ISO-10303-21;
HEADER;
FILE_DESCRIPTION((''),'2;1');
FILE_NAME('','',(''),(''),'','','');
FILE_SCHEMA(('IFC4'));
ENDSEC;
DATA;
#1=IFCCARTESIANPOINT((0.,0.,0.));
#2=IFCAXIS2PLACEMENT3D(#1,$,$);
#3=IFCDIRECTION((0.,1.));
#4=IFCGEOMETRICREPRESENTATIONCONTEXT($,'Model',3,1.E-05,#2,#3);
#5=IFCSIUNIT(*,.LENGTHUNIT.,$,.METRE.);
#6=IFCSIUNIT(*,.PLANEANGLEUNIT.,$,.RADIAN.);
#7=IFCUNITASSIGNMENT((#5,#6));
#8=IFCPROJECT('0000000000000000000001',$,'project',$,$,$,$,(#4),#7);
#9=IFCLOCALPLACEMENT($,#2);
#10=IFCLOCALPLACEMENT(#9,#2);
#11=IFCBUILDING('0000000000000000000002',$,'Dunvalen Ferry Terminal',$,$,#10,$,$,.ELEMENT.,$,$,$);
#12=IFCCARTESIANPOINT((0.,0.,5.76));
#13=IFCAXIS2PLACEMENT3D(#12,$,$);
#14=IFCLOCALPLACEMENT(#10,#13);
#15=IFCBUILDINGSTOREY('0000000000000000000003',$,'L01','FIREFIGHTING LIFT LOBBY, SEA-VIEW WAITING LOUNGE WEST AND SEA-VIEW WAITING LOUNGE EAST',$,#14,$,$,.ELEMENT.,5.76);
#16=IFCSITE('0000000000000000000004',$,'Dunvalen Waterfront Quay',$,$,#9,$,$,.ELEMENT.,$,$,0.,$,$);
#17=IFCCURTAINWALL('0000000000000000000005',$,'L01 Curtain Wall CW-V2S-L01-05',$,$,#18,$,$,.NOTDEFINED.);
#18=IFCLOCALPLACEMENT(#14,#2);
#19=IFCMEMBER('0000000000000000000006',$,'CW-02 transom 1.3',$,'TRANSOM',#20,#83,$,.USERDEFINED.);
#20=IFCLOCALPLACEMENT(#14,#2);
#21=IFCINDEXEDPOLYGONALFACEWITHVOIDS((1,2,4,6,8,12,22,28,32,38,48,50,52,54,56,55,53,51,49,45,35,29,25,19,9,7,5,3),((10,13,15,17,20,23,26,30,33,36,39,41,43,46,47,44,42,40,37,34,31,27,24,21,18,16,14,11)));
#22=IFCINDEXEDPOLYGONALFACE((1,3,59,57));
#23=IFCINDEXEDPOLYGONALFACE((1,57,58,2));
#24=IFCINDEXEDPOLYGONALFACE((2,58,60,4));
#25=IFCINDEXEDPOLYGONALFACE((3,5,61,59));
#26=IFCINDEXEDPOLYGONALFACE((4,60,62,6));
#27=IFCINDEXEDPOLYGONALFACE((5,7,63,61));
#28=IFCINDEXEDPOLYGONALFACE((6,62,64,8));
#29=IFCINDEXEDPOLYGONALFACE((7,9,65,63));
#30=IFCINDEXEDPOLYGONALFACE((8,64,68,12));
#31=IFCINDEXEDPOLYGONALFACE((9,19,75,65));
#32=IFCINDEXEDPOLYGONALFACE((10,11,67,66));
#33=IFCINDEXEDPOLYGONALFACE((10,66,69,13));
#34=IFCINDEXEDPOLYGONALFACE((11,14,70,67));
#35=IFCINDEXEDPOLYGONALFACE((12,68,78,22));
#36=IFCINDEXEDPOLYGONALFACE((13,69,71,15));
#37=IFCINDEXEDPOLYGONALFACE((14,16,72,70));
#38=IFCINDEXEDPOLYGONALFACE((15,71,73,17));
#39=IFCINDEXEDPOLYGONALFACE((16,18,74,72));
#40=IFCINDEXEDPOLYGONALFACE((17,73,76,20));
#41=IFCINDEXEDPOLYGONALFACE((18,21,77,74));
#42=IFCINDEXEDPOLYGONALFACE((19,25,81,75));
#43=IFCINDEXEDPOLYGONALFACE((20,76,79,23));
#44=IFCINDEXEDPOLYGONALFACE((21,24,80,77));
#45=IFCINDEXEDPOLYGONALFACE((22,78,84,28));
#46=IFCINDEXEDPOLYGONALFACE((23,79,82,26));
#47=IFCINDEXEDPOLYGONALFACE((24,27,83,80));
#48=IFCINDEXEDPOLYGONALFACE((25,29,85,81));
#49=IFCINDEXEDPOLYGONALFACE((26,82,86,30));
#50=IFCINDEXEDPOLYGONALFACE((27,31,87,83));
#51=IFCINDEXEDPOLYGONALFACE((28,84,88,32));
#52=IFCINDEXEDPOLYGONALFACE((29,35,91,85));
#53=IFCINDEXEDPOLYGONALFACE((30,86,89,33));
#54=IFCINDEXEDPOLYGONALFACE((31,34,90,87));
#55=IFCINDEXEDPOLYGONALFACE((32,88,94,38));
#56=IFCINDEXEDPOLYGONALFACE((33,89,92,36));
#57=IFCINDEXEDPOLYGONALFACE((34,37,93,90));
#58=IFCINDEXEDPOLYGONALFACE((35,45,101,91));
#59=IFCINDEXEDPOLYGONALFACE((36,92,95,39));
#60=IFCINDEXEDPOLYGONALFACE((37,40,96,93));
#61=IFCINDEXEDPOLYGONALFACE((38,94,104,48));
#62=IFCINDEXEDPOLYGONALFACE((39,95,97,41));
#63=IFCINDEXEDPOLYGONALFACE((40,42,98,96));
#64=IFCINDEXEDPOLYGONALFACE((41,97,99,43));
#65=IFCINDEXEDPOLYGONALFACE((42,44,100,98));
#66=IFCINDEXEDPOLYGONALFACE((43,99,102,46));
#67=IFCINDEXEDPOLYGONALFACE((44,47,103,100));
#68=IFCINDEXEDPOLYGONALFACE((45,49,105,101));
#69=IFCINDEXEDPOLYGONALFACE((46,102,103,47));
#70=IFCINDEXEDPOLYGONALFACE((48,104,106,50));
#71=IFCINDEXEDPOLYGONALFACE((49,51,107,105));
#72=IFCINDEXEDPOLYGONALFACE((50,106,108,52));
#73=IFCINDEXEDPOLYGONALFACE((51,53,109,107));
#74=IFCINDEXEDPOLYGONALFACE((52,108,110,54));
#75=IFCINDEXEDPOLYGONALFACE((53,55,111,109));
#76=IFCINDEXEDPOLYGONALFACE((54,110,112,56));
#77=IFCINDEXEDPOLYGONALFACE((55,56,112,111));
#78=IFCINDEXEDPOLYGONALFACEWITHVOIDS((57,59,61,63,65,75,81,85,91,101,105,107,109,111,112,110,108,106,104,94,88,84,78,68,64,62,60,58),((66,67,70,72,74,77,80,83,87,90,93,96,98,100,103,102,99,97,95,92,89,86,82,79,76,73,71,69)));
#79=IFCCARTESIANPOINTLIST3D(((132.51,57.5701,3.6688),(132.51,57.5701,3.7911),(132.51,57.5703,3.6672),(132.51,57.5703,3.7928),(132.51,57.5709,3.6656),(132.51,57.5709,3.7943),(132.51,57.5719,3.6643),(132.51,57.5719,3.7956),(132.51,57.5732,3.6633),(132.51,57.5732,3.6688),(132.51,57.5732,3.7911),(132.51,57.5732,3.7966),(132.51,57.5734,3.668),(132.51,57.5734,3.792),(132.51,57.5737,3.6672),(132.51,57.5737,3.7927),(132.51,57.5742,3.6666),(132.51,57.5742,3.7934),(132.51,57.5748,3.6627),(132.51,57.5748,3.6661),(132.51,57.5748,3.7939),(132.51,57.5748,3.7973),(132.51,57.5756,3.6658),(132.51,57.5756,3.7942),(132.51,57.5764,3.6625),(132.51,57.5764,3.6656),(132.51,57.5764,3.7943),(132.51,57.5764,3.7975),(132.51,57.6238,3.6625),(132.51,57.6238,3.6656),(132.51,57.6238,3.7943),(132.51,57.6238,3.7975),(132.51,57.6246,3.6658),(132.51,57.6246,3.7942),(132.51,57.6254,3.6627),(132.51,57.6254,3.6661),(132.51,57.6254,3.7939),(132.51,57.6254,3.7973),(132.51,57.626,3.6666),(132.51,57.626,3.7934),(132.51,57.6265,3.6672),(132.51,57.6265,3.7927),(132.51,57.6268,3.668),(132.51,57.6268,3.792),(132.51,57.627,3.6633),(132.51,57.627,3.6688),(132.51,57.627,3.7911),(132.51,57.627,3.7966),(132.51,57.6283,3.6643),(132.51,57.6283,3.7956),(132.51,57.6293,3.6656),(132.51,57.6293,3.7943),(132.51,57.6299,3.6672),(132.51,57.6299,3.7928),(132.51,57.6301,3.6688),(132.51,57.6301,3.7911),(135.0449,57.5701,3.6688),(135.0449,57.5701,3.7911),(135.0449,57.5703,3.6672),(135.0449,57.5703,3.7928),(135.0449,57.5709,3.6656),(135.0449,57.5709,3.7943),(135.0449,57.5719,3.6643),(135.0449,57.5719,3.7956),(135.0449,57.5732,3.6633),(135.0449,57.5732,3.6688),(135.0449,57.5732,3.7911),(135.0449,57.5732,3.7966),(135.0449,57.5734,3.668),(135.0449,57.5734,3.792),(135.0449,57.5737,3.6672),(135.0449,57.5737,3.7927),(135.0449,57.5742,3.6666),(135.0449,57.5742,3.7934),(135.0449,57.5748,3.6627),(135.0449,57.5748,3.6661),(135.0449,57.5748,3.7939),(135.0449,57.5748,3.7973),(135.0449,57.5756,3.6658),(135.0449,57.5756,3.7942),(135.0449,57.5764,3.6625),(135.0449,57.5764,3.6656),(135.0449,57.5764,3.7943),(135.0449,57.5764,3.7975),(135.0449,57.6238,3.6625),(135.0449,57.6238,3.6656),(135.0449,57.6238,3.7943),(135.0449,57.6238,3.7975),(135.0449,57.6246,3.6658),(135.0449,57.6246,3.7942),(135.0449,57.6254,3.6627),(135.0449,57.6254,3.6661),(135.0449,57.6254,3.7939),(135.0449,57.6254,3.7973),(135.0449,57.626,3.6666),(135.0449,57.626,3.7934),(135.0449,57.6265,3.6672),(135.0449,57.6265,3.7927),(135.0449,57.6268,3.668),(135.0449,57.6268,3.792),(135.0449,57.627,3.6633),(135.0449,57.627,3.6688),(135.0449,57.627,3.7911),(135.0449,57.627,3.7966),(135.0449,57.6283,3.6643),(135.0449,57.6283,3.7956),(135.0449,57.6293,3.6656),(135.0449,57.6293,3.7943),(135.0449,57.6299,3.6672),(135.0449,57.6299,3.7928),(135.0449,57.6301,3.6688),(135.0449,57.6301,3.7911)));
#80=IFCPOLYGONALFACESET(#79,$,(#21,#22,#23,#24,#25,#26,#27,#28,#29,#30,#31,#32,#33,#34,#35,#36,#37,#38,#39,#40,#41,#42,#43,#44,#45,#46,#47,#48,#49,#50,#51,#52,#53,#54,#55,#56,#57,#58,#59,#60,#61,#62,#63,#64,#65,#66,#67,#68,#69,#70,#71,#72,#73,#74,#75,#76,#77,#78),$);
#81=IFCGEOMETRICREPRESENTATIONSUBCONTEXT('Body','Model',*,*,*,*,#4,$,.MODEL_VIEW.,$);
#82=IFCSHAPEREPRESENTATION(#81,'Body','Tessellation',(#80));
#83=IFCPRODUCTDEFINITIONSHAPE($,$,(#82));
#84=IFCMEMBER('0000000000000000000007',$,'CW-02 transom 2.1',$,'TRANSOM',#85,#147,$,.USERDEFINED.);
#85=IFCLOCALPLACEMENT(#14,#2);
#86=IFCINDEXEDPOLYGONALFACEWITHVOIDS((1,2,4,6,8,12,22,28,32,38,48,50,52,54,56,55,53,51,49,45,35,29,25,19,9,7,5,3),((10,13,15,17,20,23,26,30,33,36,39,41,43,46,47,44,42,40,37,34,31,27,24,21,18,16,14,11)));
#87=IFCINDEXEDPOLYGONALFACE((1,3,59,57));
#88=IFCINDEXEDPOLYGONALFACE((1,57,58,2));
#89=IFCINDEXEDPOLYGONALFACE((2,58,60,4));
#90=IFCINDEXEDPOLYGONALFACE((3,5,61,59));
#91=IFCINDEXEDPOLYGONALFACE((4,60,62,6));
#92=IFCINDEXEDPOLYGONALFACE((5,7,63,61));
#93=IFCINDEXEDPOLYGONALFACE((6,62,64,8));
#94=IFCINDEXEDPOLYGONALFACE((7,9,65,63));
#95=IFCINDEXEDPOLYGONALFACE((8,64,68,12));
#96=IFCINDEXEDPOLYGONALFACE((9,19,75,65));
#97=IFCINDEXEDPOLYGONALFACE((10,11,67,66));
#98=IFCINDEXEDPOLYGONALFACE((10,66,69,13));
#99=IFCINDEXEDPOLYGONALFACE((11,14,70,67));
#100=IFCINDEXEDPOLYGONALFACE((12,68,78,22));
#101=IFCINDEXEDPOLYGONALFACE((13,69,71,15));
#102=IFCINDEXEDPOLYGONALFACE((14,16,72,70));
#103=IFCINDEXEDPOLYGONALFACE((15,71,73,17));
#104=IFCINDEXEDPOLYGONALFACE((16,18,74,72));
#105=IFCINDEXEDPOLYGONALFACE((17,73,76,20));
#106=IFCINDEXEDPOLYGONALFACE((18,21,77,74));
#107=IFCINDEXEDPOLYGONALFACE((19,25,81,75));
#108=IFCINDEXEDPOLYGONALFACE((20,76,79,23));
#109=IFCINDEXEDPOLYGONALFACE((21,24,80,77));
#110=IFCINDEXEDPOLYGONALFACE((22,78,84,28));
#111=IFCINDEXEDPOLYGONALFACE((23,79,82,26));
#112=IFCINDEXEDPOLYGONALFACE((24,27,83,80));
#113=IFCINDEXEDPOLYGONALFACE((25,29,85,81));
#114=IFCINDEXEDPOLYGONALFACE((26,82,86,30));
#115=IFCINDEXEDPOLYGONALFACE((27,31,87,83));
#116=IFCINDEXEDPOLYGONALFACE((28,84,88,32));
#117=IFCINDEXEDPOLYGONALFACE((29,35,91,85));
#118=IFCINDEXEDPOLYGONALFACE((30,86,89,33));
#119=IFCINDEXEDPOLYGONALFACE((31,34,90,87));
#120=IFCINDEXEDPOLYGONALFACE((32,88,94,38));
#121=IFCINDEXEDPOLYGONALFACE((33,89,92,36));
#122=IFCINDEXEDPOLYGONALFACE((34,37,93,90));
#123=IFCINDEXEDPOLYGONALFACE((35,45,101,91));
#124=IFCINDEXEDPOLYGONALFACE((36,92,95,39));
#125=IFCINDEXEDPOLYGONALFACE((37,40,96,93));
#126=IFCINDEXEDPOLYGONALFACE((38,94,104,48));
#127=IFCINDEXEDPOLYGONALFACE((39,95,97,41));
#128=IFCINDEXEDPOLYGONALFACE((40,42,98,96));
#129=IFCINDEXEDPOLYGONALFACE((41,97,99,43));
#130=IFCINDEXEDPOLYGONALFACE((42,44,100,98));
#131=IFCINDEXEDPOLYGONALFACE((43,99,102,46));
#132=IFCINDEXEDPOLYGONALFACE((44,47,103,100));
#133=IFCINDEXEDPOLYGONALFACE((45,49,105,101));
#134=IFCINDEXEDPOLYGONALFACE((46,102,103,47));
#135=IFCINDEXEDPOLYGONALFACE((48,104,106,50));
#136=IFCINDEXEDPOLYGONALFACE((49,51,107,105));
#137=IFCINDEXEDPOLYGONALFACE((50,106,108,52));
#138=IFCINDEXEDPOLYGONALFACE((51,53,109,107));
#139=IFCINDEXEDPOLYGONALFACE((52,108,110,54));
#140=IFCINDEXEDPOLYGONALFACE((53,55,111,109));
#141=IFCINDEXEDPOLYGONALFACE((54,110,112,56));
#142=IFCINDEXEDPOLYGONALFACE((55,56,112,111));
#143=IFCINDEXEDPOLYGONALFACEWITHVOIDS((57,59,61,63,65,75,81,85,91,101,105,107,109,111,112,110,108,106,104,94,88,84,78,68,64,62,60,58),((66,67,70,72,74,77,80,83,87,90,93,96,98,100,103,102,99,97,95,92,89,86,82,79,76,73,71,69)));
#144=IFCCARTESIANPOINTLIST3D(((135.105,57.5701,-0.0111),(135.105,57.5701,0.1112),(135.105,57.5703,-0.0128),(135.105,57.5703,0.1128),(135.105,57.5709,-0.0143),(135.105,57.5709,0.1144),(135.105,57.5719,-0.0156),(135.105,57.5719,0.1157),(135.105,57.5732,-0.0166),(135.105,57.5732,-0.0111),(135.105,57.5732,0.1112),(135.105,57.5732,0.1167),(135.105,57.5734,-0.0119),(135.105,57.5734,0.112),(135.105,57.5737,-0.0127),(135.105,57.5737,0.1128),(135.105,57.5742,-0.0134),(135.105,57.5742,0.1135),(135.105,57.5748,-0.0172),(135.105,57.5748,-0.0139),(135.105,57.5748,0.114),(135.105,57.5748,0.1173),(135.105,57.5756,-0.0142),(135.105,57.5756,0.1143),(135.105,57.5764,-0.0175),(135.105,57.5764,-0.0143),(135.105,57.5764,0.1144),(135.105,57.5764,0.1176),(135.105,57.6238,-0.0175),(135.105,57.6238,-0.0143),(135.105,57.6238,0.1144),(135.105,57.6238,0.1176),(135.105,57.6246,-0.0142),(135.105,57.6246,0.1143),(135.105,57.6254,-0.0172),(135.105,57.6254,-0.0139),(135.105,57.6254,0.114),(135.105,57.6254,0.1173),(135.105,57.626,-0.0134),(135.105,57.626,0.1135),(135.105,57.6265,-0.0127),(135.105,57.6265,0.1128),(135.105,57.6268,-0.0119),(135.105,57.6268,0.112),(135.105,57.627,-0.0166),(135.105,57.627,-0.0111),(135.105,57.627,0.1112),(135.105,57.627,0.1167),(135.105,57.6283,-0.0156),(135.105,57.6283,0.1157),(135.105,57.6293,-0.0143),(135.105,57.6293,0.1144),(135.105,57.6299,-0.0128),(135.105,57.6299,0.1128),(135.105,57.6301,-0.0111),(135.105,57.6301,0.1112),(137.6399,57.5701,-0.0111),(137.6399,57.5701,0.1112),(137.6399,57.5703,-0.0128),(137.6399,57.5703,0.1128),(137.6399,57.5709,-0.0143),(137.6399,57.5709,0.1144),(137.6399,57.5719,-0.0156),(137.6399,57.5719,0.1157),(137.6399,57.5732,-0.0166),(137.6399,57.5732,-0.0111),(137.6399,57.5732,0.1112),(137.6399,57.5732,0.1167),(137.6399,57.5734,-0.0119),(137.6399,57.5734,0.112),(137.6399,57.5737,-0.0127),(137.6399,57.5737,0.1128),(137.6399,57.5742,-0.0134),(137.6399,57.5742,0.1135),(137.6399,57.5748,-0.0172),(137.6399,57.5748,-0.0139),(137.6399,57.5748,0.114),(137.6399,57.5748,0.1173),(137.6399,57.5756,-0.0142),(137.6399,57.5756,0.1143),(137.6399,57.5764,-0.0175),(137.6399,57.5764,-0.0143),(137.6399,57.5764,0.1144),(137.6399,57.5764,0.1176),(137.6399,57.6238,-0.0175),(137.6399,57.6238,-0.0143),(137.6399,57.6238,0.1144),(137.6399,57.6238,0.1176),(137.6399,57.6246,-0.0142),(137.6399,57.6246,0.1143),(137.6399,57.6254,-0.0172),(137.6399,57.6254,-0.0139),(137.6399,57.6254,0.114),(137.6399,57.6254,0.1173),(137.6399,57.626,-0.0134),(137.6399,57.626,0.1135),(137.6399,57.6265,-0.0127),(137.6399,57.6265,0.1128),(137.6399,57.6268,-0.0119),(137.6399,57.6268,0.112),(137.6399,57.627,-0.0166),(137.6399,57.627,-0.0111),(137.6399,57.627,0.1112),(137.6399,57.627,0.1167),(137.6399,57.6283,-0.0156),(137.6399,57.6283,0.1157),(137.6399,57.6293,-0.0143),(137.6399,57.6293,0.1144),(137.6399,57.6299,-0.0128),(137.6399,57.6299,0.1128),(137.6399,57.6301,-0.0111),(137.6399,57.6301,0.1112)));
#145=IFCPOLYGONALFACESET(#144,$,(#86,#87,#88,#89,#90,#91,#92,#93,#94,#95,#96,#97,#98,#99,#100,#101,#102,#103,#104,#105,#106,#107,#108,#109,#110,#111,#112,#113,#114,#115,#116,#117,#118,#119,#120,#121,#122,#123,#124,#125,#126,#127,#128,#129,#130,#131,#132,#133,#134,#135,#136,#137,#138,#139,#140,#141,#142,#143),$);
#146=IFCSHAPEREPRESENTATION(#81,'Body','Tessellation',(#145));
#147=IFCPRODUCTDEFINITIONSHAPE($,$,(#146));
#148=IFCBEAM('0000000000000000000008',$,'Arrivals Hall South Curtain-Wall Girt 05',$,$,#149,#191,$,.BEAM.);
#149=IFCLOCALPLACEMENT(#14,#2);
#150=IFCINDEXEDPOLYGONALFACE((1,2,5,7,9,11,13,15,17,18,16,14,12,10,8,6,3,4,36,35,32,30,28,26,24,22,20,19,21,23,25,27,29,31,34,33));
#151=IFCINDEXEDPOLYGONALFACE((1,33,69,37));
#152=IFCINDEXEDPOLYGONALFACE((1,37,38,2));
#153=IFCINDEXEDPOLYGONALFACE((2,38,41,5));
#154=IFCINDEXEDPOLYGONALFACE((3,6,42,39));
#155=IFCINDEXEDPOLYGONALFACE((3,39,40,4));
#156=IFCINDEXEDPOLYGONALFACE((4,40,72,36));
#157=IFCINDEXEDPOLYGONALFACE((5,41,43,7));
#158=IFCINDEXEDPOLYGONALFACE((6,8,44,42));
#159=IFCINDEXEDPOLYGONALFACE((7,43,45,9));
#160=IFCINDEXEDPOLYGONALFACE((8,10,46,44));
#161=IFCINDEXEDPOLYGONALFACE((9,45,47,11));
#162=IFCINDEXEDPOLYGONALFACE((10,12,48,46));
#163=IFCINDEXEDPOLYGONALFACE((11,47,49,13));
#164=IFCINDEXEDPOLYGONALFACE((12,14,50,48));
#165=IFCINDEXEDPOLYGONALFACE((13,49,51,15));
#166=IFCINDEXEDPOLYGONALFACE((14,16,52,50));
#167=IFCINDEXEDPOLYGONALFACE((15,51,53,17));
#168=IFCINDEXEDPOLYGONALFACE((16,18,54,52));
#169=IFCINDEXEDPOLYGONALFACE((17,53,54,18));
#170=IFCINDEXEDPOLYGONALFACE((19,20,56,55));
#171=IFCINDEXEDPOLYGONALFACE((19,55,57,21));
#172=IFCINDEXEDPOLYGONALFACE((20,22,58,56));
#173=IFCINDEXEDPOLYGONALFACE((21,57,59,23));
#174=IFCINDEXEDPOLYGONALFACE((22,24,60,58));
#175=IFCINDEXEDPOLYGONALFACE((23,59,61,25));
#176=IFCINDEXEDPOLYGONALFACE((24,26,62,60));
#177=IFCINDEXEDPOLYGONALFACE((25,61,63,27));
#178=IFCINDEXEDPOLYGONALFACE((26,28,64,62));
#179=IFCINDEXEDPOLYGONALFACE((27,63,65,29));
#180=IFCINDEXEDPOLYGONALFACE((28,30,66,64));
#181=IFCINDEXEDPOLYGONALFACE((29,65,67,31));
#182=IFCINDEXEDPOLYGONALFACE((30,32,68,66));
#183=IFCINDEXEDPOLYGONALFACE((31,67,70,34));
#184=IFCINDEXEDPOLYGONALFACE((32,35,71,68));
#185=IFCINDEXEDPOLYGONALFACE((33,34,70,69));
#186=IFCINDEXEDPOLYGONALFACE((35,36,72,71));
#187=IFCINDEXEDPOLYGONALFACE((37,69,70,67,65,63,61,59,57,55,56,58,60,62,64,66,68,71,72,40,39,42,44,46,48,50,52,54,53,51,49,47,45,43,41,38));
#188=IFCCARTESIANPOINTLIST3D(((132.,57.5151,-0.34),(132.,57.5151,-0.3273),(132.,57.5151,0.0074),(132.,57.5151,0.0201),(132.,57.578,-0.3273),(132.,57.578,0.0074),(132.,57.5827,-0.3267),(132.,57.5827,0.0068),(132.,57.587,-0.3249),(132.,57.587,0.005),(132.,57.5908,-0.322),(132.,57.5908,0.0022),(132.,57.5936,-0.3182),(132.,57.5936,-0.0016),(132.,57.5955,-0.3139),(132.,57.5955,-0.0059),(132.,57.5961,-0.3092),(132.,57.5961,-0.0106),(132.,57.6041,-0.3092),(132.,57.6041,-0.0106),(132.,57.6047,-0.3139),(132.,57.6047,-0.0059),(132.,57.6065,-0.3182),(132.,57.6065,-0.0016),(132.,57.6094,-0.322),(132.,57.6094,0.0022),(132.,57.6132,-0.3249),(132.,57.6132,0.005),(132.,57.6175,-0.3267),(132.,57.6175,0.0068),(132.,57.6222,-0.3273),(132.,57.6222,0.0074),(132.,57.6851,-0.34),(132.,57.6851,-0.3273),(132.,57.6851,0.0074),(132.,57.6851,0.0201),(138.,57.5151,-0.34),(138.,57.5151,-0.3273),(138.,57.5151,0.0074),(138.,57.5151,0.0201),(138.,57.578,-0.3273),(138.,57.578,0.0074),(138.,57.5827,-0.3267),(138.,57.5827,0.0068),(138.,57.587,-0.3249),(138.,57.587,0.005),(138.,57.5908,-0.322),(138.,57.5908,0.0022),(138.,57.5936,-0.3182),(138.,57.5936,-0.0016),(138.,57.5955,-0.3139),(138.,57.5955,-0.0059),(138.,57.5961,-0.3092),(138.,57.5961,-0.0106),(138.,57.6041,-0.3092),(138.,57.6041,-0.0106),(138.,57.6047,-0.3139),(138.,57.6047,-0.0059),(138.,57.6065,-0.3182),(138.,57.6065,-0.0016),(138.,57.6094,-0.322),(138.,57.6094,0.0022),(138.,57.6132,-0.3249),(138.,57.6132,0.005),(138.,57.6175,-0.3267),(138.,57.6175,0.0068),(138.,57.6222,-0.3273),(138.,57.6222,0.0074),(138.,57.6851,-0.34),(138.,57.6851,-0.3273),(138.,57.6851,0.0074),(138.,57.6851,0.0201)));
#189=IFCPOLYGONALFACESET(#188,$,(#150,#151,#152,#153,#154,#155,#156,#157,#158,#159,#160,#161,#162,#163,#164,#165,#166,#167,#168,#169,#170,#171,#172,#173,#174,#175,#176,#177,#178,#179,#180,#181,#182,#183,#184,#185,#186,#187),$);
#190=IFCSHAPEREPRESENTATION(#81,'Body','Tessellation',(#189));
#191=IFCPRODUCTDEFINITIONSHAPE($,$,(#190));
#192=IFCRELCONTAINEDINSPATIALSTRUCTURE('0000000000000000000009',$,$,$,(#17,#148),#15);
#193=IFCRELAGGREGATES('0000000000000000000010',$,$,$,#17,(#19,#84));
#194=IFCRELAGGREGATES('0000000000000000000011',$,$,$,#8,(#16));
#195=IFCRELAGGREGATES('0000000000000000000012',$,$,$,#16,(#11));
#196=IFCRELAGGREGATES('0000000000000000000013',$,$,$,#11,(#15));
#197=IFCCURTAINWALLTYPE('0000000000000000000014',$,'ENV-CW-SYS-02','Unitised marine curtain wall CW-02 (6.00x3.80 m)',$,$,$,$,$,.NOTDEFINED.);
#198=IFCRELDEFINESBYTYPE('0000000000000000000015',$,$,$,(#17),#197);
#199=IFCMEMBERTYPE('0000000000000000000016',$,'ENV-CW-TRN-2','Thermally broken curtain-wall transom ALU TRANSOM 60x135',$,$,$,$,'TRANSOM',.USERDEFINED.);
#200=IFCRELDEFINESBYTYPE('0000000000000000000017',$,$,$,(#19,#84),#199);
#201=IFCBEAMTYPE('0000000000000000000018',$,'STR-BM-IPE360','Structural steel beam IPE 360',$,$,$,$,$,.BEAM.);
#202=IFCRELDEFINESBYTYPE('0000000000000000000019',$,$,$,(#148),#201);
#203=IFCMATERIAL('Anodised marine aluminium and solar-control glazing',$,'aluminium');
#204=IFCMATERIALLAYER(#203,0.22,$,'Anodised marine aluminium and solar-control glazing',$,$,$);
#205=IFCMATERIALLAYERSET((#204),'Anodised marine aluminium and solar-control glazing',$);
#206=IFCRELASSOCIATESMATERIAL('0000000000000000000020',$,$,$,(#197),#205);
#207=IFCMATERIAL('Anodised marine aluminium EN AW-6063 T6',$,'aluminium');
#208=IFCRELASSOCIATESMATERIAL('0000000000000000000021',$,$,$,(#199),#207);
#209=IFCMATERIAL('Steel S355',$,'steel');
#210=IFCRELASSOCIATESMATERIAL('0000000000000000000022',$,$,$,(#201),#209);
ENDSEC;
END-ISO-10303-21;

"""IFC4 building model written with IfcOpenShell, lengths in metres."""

from ifc_helpers import new_model, si_unit, direction, frame, origin, origin_2d, place, context, subcontext, project, spatial, hollow_rectangle, i_section, extrude, material, layer, layer_set, material_profile, profile_set, type_object, element, aggregate, save


model = new_model("IFC4")

# Units and contexts
model_context = context("Model", 3, precision=1e-05, world=origin(), true_north=direction((0.0, 1.0)))
body_context = subcontext(model_context, "Body", "Model", "MODEL_VIEW")
ifc_project = project(units=[si_unit("LENGTHUNIT", "METRE"), si_unit("PLANEANGLEUNIT", "RADIAN")], contexts=[model_context])

# Site, building, storey
site_placement = place(None, origin())
site = spatial("IfcSite", under=ifc_project, at=site_placement, Name="Dunvalen Waterfront Quay", CompositionType="ELEMENT", RefElevation=0.0)
building_placement = place(site_placement, origin())
building = spatial("IfcBuilding", under=site, at=building_placement, Name="Dunvalen Ferry Terminal", CompositionType="ELEMENT")
storey_placement = place(building_placement, frame((0.0, 0.0, 5.76)))
storey = spatial("IfcBuildingStorey", under=building, at=storey_placement, Name="L01", Description="FIREFIGHTING LIFT LOBBY, SEA-VIEW WAITING LOUNGE WEST AND SEA-VIEW WAITING LOUNGE EAST", CompositionType="ELEMENT", Elevation=5.76)

# Curtain wall, members
ifc_material_1 = material(Name="Anodised marine aluminium and solar-control glazing", Category="aluminium")
ifc_layer_1 = layer(ifc_material_1, 0.22, Name="Anodised marine aluminium and solar-control glazing")
ifc_layer_set_1 = layer_set([ifc_layer_1], Name="Anodised marine aluminium and solar-control glazing")
curtain_wall_type = type_object("IfcCurtainWallType", Name="ENV-CW-SYS-02", Description="Unitised marine curtain wall CW-02 (6.00x3.80 m)", PredefinedType="NOTDEFINED", material=ifc_layer_set_1)
curtain_wall_placement = place(storey_placement, origin())
curtain_wall = element("IfcCurtainWall", 1, at=curtain_wall_placement, inside=storey, type_object=curtain_wall_type, Name="L01 Curtain Wall CW-V2S-L01-05", PredefinedType="NOTDEFINED")
ifc_material_2 = material(Name="Anodised marine aluminium EN AW-6063 T6", Category="aluminium")
ifc_material_profile_1 = material_profile(ifc_material_2, hollow_rectangle(XDim=0.0601, YDim=0.135, WallThickness=0.0032, InnerFilletRadius=0.0032, OuterFilletRadius=0.0063, at=origin_2d()), Name="Anodised marine aluminium EN AW-6063 T6")
ifc_profile_set_1 = profile_set([ifc_material_profile_1], Name="Anodised marine aluminium EN AW-6063 T6")
member_type_1 = type_object("IfcMemberType", Name="ENV-CW-TRN-2", Description="Thermally broken curtain-wall transom ALU TRANSOM 60x135", ElementType="TRANSOM", PredefinedType="USERDEFINED", material=ifc_profile_set_1)
member_1_placement = place(storey_placement, frame((132.51, 57.6001, 3.73), z_axis=(1.0, 0.0, 0.0), x_axis=(0.0, 1.0, 0.0)))
member_1 = element("IfcMember", 2, at=member_1_placement, type_object=member_type_1, Name="CW-02 transom 1.3", ObjectType="TRANSOM", PredefinedType="USERDEFINED", context=body_context, shape_type="SweptSolid", body=[
    extrude(hollow_rectangle(XDim=0.0601, YDim=0.135, WallThickness=0.0032, InnerFilletRadius=0.0032, OuterFilletRadius=0.0063, at=origin_2d()), origin(), (0.0, 0.0, 1.0), 2.5349),
])
member_2_placement = place(storey_placement, frame((135.105, 57.6001, 0.05), z_axis=(1.0, 0.0, 0.0), x_axis=(0.0, 1.0, 0.0)))
member_2 = element("IfcMember", 3, at=member_2_placement, type_object=member_type_1, Name="CW-02 transom 2.1", ObjectType="TRANSOM", PredefinedType="USERDEFINED", context=body_context, shape_type="SweptSolid", body=[
    extrude(hollow_rectangle(XDim=0.0601, YDim=0.135, WallThickness=0.0032, InnerFilletRadius=0.0032, OuterFilletRadius=0.0063, at=origin_2d()), origin(), (0.0, 0.0, 1.0), 2.5349),
])

# Beam
ifc_material_3 = material(Name="Steel S355", Category="steel")
ifc_material_profile_2 = material_profile(ifc_material_3, i_section(OverallWidth=0.1699, OverallDepth=0.3601, WebThickness=0.0081, FlangeThickness=0.0127, FilletRadius=0.0181, at=origin_2d()), Name="Steel S355")
ifc_profile_set_2 = profile_set([ifc_material_profile_2], Name="Steel S355")
beam_type_1 = type_object("IfcBeamType", Name="STR-BM-IPE360", Description="Structural steel beam IPE 360", PredefinedType="BEAM", material=ifc_profile_set_2)
beam_1_placement = place(storey_placement, frame((132.0, 57.6001, -0.1599), z_axis=(1.0, 0.0, 0.0), x_axis=(0.0, 1.0, 0.0)))
element("IfcBeam", 4, at=beam_1_placement, inside=storey, type_object=beam_type_1, Name="Arrivals Hall South Curtain-Wall Girt 05", PredefinedType="BEAM", context=body_context, shape_type="SweptSolid", body=[
    extrude(i_section(OverallWidth=0.1699, OverallDepth=0.3601, WebThickness=0.0081, FlangeThickness=0.0127, FilletRadius=0.0181, at=origin_2d()), origin(), (0.0, 0.0, 1.0), 6.0),
])

aggregate(curtain_wall, [member_1, member_2])

save(model, "model.ifc")
